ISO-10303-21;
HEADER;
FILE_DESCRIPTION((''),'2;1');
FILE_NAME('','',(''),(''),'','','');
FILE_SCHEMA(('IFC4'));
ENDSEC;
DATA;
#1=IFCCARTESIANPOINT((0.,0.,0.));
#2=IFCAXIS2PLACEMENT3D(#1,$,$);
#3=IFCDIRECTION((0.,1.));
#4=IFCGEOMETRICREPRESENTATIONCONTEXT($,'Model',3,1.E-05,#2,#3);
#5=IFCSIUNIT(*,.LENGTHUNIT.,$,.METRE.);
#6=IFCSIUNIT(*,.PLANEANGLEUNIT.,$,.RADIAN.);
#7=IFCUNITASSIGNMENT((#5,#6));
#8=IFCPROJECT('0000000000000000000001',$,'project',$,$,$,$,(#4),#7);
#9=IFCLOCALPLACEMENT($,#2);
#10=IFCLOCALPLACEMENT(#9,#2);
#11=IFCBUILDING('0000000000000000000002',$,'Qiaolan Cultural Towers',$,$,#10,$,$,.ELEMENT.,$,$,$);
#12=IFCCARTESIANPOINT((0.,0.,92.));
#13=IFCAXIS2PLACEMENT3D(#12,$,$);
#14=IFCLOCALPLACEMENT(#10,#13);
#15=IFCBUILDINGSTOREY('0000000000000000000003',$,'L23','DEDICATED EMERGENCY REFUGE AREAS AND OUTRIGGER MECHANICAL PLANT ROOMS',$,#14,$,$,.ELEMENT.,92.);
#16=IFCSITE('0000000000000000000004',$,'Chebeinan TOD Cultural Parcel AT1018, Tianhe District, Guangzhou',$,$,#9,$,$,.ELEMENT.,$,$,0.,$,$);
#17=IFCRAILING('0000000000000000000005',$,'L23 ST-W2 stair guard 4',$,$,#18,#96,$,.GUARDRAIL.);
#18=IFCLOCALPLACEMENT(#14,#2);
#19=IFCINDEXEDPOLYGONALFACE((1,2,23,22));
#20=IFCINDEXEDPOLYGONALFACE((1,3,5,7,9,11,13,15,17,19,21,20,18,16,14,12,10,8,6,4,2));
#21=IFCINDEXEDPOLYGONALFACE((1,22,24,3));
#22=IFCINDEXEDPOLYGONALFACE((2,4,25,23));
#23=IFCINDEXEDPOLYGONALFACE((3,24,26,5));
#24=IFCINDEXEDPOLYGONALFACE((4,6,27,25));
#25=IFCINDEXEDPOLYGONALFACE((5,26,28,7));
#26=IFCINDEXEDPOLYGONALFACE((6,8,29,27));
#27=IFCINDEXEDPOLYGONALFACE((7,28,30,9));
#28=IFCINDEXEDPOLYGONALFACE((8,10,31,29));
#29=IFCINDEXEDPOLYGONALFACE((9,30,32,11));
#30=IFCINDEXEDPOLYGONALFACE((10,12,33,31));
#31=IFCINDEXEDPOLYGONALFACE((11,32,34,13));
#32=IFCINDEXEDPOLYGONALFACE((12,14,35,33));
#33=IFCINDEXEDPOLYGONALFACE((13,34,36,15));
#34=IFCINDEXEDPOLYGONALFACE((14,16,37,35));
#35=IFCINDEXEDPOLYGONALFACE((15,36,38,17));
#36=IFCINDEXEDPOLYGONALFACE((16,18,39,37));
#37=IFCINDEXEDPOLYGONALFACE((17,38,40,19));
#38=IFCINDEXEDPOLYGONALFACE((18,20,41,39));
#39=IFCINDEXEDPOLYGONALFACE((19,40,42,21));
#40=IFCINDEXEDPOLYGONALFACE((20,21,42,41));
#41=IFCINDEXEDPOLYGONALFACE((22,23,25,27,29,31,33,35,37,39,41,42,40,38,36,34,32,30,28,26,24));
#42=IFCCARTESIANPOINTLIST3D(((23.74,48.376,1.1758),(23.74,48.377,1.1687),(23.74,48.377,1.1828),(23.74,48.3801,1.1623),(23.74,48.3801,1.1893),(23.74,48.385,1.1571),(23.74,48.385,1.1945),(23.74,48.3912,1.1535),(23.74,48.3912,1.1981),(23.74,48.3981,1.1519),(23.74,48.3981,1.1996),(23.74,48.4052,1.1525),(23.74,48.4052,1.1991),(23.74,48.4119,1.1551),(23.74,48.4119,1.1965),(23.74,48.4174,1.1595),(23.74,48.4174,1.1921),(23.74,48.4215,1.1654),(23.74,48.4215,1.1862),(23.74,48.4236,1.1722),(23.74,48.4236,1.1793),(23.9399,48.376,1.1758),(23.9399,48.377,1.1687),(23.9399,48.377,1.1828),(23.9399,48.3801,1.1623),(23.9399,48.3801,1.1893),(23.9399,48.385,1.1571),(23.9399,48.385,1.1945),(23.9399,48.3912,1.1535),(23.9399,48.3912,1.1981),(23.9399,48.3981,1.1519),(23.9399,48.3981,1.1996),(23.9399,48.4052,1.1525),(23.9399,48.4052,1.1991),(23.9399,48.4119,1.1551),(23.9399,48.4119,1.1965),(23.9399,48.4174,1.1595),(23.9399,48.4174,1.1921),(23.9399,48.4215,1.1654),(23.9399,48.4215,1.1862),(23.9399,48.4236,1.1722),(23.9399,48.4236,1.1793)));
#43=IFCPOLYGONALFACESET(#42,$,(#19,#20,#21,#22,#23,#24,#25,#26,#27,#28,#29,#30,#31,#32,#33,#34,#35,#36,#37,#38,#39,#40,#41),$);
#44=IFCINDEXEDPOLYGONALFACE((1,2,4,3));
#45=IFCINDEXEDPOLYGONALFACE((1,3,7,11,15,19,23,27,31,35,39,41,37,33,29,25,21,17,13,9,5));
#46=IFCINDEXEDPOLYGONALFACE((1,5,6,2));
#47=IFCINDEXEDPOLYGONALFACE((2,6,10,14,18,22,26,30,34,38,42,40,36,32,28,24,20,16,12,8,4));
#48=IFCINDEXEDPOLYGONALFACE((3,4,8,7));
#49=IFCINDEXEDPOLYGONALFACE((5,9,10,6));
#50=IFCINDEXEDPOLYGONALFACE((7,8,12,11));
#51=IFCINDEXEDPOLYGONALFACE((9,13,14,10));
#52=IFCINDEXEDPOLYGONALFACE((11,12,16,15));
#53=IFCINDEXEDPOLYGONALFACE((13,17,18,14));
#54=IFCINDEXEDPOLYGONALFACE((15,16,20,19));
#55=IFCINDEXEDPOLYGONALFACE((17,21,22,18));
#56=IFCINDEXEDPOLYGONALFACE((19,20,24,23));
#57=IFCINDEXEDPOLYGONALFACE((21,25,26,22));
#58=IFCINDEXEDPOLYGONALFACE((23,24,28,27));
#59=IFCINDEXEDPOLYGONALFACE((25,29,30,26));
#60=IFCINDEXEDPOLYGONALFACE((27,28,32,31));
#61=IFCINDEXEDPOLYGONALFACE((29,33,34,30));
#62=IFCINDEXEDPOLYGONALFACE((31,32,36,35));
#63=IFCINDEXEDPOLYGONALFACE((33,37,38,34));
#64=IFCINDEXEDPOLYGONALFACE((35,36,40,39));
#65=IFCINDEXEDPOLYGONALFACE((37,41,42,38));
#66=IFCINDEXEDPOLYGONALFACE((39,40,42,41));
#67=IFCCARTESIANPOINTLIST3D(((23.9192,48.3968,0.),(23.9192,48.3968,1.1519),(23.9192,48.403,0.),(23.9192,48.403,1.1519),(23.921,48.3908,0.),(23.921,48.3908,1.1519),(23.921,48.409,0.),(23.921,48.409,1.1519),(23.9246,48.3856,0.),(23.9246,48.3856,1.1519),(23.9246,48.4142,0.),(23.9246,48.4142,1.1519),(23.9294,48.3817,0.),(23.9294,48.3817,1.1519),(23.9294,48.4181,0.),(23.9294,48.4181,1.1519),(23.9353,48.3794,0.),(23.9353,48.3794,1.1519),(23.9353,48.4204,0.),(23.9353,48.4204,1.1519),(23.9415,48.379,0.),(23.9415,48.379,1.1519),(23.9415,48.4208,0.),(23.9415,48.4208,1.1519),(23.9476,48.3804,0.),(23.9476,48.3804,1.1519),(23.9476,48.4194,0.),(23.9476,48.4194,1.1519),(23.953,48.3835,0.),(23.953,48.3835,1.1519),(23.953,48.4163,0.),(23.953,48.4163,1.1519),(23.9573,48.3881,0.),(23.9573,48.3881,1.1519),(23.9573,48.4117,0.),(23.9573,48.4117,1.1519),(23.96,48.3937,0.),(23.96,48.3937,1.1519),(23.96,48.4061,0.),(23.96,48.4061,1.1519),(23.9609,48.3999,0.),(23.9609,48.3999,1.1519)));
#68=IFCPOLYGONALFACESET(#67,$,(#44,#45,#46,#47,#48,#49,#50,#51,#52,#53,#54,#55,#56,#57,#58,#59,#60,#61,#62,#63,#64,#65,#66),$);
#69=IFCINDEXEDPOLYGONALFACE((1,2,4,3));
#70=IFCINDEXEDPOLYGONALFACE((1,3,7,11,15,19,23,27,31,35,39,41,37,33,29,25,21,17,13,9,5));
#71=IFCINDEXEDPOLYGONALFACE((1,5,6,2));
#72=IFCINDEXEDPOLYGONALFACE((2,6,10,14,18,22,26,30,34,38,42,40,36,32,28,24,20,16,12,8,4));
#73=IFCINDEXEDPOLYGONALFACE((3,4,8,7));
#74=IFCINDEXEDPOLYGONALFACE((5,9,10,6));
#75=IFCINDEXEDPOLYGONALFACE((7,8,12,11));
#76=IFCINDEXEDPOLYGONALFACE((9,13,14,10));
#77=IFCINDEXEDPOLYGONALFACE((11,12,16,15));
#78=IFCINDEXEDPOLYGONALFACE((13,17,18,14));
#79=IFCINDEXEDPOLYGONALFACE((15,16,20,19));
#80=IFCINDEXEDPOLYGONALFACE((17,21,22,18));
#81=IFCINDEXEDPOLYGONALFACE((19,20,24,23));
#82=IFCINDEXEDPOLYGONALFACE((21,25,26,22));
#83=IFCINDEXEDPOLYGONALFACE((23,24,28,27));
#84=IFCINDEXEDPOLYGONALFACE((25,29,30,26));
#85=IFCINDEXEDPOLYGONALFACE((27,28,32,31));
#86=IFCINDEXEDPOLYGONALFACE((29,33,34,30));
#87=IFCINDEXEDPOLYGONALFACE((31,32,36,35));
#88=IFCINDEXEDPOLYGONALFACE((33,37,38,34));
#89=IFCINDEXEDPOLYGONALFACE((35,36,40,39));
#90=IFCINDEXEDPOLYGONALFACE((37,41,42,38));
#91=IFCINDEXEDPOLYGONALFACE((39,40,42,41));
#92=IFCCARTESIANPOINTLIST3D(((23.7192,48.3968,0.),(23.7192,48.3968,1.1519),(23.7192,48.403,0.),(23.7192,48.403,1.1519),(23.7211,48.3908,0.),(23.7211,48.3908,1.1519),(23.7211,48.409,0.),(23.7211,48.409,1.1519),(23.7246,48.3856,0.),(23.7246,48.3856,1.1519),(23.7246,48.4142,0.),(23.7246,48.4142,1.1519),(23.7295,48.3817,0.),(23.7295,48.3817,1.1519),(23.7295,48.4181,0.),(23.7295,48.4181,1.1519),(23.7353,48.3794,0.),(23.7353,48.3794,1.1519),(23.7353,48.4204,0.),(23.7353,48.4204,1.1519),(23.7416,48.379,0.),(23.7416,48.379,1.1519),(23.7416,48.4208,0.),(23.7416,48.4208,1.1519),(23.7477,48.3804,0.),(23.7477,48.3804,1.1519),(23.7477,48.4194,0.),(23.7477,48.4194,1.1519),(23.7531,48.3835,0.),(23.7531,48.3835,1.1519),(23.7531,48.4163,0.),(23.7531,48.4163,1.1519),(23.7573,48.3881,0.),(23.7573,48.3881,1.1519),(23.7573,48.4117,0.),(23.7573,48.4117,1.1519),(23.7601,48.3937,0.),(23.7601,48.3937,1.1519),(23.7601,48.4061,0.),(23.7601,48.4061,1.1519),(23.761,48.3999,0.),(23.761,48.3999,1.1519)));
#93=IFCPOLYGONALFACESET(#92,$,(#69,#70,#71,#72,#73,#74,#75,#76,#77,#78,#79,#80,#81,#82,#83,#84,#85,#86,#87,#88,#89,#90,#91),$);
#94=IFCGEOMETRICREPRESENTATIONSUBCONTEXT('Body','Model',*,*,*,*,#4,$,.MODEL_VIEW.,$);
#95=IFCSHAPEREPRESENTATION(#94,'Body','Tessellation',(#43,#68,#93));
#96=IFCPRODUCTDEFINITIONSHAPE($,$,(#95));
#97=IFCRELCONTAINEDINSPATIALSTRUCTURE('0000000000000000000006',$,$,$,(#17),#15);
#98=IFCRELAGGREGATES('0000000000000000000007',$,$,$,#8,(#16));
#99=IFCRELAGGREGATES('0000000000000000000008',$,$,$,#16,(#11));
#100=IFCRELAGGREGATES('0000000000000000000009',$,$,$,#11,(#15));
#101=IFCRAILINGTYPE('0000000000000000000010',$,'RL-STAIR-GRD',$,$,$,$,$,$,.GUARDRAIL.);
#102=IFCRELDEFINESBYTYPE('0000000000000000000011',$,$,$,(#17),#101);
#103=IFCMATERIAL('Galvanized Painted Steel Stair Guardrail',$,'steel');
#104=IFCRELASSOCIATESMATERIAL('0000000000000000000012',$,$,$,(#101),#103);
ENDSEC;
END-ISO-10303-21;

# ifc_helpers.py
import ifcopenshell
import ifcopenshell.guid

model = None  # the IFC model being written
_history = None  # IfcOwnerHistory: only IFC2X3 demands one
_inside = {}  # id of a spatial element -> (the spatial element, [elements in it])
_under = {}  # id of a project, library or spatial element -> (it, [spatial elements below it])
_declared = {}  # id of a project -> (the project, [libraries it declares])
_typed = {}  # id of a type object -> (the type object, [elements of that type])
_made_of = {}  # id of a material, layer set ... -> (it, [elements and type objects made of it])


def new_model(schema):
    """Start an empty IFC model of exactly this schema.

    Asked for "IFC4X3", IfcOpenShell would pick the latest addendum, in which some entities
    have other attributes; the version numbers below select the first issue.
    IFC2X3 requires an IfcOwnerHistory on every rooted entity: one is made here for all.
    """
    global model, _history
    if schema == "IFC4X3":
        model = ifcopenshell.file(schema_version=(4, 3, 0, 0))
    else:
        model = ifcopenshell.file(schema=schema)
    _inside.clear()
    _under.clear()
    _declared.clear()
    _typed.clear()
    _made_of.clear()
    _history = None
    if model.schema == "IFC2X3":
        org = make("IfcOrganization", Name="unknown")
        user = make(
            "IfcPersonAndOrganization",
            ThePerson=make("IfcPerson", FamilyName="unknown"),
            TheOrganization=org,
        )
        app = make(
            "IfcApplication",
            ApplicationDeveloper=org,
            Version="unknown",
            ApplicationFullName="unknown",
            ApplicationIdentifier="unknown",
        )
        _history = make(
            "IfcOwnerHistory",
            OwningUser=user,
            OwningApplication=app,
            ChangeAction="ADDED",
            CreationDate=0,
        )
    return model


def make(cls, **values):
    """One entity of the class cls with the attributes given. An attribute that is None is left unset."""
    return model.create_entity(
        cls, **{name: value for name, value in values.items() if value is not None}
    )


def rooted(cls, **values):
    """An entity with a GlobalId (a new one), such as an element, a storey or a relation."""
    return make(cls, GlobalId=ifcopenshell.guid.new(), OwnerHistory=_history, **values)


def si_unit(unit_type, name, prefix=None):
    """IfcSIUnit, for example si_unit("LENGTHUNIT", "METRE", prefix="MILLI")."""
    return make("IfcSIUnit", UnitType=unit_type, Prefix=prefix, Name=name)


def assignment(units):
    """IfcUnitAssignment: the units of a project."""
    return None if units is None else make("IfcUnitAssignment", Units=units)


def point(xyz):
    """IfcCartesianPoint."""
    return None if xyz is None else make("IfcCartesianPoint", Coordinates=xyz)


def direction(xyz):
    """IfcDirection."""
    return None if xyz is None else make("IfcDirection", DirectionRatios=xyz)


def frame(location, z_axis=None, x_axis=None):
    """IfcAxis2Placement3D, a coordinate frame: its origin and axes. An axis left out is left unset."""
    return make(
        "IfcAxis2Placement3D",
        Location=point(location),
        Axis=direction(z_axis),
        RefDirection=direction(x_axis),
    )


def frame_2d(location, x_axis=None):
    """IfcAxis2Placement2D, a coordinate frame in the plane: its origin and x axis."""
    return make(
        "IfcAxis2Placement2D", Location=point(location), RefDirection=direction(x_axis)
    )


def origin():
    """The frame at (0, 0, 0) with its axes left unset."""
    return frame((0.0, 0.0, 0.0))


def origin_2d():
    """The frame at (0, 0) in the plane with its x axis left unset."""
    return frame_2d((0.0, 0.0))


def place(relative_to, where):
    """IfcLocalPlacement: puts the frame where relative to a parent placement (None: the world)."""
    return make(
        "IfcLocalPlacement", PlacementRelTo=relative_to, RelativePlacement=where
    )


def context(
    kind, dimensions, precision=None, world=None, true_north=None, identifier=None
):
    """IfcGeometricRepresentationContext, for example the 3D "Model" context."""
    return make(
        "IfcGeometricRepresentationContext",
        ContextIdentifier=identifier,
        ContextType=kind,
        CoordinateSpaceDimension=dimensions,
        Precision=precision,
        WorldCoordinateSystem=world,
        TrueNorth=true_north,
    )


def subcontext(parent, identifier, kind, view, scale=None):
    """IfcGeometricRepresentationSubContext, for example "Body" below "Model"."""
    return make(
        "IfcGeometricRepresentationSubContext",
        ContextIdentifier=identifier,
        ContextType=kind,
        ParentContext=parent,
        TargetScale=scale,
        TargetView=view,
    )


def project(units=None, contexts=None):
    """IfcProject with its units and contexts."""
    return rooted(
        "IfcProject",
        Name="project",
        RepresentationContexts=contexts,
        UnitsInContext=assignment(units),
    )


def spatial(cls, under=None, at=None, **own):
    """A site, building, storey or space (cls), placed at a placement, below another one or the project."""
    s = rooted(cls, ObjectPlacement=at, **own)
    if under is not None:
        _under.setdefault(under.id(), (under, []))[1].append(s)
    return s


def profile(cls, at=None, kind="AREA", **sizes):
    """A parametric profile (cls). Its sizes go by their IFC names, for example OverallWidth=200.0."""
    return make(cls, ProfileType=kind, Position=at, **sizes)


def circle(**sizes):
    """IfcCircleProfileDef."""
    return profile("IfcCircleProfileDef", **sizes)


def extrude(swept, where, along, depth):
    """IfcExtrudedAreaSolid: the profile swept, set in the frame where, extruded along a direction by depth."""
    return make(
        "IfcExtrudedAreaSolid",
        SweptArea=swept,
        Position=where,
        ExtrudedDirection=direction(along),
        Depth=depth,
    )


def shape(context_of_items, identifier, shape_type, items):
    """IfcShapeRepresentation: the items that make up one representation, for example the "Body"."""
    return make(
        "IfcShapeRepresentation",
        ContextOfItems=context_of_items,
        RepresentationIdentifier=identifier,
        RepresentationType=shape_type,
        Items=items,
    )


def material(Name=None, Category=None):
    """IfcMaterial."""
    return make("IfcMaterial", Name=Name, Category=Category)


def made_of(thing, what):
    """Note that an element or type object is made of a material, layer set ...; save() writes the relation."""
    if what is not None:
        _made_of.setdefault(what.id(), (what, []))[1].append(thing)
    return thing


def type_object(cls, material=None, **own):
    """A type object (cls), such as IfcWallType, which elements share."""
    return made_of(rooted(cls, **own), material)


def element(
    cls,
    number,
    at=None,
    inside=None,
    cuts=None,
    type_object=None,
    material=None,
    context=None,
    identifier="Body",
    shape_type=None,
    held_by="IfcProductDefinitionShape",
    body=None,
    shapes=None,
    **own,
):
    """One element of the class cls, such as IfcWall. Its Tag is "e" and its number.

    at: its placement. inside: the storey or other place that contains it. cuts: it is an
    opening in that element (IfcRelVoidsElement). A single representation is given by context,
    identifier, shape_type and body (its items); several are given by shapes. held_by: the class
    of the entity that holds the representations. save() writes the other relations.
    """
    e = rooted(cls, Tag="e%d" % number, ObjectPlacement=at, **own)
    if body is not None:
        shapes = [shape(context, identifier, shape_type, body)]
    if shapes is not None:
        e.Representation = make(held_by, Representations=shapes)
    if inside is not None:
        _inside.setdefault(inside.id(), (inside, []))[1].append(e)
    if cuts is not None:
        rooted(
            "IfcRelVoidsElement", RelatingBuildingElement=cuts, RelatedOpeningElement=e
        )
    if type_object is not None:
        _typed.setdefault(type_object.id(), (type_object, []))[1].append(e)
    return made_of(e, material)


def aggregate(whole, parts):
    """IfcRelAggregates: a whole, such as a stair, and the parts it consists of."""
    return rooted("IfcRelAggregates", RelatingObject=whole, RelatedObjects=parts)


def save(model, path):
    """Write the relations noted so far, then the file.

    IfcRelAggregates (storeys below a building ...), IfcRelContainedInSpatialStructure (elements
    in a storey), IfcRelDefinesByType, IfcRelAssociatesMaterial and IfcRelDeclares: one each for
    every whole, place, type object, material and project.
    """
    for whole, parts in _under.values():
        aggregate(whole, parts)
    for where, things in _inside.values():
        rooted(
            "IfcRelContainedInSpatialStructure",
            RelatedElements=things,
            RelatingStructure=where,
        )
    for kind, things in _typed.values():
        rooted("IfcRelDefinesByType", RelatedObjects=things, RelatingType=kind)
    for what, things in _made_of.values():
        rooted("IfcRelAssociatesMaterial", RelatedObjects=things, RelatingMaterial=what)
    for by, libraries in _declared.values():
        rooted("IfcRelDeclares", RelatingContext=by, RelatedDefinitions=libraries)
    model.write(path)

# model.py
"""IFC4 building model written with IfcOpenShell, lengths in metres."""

from ifc_helpers import new_model, si_unit, direction, frame, origin, origin_2d, place, context, subcontext, project, spatial, circle, extrude, material, type_object, element, save


model = new_model("IFC4")

# Units and contexts
model_context = context("Model", 3, precision=1e-05, world=origin(), true_north=direction((0.0, 1.0)))
body_context = subcontext(model_context, "Body", "Model", "MODEL_VIEW")
ifc_project = project(units=[si_unit("LENGTHUNIT", "METRE"), si_unit("PLANEANGLEUNIT", "RADIAN")], contexts=[model_context])

# Site, building, storey
site_placement = place(None, origin())
site = spatial("IfcSite", under=ifc_project, at=site_placement, Name="Chebeinan TOD Cultural Parcel AT1018, Tianhe District, Guangzhou", CompositionType="ELEMENT", RefElevation=0.0)
building_placement = place(site_placement, origin())
building = spatial("IfcBuilding", under=site, at=building_placement, Name="Qiaolan Cultural Towers", CompositionType="ELEMENT")
storey_placement = place(building_placement, frame((0.0, 0.0, 92.0)))
storey = spatial("IfcBuildingStorey", under=building, at=storey_placement, Name="L23", Description="DEDICATED EMERGENCY REFUGE AREAS AND OUTRIGGER MECHANICAL PLANT ROOMS", CompositionType="ELEMENT", Elevation=92.0)

# Railing
ifc_material_1 = material(Name="Galvanized Painted Steel Stair Guardrail", Category="steel")
railing_type_1 = type_object("IfcRailingType", Name="RL-STAIR-GRD", PredefinedType="GUARDRAIL", material=ifc_material_1)
railing_1_placement = place(storey_placement, frame((23.9399, 48.3999, 0.0)))
element("IfcRailing", 1, at=railing_1_placement, inside=storey, type_object=railing_type_1, Name="L23 ST-W2 stair guard 4", PredefinedType="GUARDRAIL", context=body_context, shape_type="SweptSolid", body=[
    extrude(circle(Radius=0.0239, at=origin_2d()), frame((0.0, 0.0, 1.1758), z_axis=(-1.0, 0.0, 0.0), x_axis=(0.0, -1.0, 0.0)), (0.0, 0.0, 1.0), 0.2),
    extrude(circle(Radius=0.021, at=origin_2d()), origin(), (0.0, 0.0, 1.0), 1.1519),
    extrude(circle(Radius=0.021, at=origin_2d()), frame((-0.2, 0.0, 0.0)), (0.0, 0.0, 1.0), 1.1519),
])

save(model, "model.ifc")
